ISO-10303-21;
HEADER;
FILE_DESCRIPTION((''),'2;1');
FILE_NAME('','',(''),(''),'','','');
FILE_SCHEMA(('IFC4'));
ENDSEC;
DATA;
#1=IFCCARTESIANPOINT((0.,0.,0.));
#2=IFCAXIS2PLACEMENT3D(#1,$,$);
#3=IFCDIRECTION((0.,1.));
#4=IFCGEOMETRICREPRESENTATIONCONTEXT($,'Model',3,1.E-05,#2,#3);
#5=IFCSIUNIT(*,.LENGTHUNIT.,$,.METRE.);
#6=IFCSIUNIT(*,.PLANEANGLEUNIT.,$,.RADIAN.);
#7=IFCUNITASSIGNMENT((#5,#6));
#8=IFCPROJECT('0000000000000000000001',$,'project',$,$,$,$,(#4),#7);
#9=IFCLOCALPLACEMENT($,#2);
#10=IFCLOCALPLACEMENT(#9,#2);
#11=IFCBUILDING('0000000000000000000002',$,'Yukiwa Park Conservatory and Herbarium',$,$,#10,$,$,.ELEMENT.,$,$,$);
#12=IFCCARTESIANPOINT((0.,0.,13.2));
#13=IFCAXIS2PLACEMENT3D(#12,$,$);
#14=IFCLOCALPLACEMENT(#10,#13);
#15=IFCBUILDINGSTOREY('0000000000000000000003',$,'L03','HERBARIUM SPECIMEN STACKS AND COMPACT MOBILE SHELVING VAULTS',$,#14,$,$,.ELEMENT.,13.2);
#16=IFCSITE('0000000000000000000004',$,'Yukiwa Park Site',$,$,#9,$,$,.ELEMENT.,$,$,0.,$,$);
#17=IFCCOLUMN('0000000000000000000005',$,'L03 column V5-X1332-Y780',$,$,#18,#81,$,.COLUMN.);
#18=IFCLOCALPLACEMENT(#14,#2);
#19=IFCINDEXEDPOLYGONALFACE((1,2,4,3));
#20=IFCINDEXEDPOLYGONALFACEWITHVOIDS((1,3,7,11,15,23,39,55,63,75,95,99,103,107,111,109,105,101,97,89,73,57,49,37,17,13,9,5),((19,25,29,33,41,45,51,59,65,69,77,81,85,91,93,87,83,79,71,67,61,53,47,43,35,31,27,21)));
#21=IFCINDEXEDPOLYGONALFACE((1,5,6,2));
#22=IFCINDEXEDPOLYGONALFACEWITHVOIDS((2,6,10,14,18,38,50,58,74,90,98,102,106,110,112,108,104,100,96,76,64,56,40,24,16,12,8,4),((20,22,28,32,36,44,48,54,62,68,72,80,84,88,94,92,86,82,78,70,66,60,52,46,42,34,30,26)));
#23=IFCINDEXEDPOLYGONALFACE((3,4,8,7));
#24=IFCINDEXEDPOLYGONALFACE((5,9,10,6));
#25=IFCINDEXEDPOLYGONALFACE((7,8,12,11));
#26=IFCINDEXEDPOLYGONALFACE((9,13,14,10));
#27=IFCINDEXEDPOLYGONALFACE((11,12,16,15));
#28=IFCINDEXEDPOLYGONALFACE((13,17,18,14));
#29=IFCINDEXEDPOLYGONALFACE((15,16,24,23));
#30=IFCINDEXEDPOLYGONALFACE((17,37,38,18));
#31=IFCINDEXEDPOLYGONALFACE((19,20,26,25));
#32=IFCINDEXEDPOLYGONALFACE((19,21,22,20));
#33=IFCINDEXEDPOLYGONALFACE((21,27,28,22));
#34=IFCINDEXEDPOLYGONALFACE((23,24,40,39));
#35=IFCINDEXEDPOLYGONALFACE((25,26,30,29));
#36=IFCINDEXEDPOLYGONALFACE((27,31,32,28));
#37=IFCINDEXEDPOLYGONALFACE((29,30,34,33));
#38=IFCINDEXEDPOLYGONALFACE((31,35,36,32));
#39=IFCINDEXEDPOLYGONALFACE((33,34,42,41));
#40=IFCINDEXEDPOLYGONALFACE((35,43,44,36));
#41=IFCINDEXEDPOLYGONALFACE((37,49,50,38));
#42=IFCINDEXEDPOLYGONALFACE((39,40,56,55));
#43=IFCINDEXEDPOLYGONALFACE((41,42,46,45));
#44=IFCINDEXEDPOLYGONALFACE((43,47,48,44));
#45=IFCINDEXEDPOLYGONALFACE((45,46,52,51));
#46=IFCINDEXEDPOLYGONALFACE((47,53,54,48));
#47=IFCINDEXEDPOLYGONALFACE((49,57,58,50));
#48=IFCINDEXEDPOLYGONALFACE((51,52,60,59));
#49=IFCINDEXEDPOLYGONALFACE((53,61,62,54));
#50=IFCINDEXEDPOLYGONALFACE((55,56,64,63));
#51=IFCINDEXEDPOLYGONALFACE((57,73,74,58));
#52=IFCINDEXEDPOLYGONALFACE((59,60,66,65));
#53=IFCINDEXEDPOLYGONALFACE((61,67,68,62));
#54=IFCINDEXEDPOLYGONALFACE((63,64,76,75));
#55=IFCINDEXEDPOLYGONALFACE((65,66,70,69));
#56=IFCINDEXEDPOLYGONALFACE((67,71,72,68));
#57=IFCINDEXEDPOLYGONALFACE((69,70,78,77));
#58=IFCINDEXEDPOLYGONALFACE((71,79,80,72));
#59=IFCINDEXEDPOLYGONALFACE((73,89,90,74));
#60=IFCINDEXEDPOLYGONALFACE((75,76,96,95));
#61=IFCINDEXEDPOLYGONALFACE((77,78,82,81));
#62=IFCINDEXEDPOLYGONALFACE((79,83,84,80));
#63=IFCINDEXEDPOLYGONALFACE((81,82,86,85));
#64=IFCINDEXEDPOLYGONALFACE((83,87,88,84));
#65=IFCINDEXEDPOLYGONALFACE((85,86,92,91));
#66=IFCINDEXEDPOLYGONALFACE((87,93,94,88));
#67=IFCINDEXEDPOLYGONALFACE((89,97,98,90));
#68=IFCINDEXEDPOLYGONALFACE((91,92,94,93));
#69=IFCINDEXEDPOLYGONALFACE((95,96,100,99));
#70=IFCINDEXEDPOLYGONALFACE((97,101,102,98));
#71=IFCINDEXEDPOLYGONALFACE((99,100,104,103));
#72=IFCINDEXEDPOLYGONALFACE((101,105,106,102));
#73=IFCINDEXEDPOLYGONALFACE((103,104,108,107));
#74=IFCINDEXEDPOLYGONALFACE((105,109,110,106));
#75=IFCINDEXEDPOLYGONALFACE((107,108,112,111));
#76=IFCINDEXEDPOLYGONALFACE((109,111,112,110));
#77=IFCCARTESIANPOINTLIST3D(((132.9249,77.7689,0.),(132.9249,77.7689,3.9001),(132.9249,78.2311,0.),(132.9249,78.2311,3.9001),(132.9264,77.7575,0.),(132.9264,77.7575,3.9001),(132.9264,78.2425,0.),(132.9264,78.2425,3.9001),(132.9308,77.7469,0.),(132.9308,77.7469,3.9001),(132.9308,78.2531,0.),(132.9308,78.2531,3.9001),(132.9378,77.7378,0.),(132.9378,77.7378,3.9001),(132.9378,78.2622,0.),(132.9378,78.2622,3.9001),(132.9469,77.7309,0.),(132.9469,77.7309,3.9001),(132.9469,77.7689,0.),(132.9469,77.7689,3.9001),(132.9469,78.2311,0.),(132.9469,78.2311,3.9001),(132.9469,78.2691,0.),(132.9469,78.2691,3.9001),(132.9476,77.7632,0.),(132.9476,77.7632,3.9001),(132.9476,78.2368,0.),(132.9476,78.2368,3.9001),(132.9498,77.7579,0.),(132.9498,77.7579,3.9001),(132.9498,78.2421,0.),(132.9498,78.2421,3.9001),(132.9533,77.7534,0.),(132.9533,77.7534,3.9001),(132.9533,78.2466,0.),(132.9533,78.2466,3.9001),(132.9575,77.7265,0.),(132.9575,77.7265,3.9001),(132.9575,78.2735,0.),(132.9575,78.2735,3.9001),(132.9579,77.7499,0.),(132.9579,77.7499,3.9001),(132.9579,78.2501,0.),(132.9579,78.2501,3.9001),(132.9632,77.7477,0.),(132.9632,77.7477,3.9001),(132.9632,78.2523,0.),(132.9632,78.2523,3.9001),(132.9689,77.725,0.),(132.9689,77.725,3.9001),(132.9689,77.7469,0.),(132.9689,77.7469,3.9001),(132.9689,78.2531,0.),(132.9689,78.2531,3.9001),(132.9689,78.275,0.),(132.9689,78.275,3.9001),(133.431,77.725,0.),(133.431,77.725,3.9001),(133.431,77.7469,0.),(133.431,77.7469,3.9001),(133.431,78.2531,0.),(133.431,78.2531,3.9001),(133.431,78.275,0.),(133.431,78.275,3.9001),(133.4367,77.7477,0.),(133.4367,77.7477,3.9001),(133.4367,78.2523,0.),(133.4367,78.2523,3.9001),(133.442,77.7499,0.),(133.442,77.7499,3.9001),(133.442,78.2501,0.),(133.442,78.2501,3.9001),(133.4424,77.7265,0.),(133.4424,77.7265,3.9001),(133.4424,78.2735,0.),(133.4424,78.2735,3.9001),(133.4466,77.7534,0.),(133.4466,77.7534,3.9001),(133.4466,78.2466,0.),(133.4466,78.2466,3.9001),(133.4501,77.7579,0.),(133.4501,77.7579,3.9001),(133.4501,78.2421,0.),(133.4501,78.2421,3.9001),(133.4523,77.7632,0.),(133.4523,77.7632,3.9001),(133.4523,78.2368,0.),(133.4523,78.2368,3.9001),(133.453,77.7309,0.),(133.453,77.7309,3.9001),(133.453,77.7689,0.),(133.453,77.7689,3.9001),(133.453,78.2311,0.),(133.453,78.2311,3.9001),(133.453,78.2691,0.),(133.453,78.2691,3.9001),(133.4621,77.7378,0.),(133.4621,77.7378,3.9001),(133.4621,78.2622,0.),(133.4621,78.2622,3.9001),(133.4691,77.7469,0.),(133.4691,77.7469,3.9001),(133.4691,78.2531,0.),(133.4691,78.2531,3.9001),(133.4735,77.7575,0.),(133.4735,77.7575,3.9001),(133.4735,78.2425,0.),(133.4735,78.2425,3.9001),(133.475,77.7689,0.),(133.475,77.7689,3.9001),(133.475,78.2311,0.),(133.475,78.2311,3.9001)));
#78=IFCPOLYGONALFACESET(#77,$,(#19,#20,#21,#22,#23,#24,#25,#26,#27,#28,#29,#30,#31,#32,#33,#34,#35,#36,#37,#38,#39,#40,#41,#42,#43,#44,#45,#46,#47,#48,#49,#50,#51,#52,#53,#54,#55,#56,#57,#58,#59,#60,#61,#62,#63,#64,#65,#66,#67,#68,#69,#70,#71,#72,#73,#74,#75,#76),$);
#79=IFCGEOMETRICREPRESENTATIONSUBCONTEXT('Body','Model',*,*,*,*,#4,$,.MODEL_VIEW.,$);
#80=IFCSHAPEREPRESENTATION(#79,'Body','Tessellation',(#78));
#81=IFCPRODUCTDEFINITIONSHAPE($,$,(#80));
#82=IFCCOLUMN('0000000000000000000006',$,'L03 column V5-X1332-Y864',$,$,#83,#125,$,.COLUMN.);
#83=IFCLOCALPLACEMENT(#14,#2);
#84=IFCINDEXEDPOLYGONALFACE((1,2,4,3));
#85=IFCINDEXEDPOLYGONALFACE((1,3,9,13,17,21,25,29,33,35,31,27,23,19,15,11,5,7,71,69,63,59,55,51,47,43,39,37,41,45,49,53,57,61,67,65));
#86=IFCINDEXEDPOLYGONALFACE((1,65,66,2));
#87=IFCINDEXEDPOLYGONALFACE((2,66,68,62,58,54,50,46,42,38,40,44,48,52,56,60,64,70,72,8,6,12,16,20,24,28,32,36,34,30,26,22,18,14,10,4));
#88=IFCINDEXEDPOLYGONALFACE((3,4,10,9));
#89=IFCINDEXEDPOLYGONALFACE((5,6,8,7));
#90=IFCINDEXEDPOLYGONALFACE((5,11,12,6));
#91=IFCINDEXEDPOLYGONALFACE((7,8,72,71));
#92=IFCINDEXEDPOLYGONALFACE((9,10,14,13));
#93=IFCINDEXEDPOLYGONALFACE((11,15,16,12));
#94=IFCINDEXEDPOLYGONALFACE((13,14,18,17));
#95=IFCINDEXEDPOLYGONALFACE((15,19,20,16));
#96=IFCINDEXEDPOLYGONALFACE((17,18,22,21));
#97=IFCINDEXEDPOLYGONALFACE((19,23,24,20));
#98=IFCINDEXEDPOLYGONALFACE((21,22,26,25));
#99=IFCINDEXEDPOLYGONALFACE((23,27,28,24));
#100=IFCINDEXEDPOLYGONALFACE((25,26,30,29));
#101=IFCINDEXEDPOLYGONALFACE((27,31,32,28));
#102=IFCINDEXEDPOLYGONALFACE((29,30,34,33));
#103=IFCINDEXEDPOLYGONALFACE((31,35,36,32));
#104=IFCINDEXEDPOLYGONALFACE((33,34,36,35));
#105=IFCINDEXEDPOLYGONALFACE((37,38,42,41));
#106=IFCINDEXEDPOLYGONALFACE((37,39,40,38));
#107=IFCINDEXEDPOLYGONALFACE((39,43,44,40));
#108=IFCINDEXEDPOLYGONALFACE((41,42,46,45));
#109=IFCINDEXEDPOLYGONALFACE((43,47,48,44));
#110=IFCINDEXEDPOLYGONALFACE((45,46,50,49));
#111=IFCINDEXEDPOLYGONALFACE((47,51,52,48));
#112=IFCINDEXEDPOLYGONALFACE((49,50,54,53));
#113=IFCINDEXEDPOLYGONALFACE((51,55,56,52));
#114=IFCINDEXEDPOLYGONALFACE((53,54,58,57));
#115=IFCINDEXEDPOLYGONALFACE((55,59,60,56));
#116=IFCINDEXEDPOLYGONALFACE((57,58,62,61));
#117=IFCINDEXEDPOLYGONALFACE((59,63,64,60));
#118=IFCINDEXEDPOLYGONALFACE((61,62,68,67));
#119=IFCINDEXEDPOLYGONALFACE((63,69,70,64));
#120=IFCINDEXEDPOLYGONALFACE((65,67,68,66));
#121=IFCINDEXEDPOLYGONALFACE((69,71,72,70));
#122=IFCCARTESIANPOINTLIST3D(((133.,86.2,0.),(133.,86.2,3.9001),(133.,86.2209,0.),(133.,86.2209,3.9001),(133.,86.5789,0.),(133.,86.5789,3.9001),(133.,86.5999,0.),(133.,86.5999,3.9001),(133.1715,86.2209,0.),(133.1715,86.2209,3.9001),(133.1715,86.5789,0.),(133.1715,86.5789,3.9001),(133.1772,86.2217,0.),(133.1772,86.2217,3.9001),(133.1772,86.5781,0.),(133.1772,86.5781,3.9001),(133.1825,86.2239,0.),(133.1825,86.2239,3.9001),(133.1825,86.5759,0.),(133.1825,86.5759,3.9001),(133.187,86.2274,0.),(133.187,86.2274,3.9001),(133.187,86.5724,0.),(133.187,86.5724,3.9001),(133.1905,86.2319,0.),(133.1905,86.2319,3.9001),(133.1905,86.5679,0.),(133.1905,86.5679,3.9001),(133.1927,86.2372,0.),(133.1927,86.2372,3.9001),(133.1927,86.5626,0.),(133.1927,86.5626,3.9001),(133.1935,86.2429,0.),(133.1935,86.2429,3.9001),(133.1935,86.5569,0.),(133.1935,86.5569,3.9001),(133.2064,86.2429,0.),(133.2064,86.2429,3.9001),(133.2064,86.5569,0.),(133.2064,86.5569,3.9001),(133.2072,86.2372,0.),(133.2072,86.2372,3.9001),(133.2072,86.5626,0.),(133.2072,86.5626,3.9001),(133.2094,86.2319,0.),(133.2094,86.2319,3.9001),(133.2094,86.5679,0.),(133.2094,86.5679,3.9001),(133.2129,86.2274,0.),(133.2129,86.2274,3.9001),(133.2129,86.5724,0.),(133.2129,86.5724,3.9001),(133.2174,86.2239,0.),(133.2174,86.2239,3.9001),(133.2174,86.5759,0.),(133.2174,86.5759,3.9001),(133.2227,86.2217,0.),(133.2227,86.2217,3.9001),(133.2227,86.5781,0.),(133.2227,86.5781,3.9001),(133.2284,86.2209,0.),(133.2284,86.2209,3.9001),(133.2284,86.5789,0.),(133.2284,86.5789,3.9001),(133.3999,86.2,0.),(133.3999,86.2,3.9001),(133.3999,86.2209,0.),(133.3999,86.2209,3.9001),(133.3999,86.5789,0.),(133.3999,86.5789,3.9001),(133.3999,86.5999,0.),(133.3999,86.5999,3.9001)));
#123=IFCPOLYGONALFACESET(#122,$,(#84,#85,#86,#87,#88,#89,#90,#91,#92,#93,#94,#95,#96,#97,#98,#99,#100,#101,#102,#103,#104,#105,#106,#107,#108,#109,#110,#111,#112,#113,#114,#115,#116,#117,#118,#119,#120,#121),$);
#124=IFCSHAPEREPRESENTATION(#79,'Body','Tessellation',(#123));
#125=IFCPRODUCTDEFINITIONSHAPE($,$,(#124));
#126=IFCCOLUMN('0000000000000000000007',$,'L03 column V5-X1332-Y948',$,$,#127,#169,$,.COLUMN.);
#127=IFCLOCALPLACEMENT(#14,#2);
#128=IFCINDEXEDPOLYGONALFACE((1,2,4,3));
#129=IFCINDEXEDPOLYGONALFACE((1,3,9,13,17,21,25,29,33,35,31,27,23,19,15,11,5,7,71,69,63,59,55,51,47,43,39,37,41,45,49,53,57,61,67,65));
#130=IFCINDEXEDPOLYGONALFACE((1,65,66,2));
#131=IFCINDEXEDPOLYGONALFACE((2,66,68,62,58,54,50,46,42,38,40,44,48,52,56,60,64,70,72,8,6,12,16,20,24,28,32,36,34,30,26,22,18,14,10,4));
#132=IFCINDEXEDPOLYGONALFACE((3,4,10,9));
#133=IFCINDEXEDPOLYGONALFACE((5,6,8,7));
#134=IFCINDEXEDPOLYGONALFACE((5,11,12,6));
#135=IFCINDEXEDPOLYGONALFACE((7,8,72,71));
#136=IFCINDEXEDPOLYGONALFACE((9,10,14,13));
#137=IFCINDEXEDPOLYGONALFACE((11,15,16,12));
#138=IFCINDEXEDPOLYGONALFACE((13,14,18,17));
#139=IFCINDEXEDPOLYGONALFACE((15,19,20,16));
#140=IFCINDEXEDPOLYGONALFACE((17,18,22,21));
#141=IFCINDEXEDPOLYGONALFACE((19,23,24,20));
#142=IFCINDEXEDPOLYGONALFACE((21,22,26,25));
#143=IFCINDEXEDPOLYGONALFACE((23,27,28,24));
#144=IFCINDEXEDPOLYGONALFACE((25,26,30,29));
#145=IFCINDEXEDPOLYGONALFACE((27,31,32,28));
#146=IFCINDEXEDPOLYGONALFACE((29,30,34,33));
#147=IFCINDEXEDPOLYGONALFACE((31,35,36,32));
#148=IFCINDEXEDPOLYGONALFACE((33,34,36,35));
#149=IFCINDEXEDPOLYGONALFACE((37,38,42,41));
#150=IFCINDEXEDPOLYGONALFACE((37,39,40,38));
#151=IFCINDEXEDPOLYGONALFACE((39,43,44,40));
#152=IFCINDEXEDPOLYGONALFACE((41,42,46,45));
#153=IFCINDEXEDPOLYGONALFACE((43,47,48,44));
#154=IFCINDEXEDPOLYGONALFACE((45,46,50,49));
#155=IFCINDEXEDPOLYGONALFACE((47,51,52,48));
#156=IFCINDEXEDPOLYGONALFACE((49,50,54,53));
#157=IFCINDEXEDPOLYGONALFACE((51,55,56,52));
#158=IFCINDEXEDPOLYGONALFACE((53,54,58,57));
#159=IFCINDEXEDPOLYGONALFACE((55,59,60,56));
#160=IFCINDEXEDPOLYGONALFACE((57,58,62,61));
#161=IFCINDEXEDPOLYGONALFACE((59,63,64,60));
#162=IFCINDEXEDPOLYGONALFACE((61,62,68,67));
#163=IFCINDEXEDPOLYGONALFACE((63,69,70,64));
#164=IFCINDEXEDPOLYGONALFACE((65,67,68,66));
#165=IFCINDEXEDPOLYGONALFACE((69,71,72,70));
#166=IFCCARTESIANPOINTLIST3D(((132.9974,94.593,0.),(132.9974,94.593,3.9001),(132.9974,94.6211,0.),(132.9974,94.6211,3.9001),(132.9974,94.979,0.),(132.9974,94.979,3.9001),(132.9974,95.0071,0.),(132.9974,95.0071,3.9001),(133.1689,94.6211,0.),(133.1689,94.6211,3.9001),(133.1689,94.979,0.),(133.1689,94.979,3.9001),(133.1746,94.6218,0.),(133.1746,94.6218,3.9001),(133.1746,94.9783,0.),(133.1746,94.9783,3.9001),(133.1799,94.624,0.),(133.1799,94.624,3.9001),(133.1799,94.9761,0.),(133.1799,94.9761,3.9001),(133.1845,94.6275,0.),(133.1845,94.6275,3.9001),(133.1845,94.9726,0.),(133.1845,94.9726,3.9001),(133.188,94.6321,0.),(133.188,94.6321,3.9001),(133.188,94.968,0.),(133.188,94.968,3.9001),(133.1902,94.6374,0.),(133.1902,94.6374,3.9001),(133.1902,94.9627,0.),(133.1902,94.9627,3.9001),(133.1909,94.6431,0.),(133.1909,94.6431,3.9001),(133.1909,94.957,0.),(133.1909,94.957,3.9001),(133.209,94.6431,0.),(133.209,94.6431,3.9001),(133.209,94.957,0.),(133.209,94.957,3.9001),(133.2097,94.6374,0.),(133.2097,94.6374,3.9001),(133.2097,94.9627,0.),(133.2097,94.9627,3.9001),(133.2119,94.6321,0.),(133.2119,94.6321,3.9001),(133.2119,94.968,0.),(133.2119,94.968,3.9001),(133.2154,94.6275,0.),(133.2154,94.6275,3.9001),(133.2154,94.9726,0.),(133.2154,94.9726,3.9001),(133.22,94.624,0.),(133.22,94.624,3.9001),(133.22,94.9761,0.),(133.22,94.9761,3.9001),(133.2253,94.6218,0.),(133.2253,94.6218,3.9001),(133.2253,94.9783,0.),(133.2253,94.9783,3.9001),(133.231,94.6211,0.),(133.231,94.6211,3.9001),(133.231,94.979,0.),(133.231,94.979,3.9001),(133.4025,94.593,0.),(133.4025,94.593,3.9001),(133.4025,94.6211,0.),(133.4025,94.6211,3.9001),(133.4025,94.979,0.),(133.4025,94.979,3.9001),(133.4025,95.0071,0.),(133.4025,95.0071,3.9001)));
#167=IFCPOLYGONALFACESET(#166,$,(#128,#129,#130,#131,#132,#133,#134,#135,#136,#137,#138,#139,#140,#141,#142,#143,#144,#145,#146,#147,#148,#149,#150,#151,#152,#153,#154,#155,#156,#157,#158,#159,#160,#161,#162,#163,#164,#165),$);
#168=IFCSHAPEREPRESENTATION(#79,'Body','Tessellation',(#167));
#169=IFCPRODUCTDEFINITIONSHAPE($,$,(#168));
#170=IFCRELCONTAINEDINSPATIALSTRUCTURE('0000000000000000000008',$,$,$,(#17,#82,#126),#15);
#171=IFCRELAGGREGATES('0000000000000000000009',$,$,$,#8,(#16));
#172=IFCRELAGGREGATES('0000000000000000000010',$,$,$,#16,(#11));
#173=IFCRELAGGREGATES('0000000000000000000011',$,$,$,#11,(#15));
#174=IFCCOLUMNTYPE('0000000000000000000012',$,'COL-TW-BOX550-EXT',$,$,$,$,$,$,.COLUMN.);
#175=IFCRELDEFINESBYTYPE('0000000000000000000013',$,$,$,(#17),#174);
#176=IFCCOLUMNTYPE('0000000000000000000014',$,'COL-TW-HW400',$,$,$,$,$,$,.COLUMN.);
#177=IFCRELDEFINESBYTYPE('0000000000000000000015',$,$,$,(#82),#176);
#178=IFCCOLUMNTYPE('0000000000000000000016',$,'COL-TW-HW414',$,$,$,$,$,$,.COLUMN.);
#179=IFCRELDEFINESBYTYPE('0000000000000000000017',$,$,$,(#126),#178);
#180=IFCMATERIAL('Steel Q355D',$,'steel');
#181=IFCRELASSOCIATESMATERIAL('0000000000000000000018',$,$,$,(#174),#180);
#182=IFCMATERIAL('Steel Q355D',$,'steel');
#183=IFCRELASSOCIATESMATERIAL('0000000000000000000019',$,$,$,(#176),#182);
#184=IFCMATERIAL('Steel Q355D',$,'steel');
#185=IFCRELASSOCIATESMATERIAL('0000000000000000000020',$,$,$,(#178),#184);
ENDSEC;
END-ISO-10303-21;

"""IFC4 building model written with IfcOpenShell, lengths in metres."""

from ifc_helpers import new_model, si_unit, direction, frame, origin, origin_2d, place, context, subcontext, project, spatial, hollow_rectangle, i_section, extrude, material, material_profile, profile_set, type_object, element, save


model = new_model("IFC4")

# Units and contexts
model_context = context("Model", 3, precision=1e-05, world=origin(), true_north=direction((0.0, 1.0)))
body_context = subcontext(model_context, "Body", "Model", "MODEL_VIEW")
ifc_project = project(units=[si_unit("LENGTHUNIT", "METRE"), si_unit("PLANEANGLEUNIT", "RADIAN")], contexts=[model_context])

# Site, building, storey
site_placement = place(None, origin())
site = spatial("IfcSite", under=ifc_project, at=site_placement, Name="Yukiwa Park Site", CompositionType="ELEMENT", RefElevation=0.0)
building_placement = place(site_placement, origin())
building = spatial("IfcBuilding", under=site, at=building_placement, Name="Yukiwa Park Conservatory and Herbarium", CompositionType="ELEMENT")
storey_placement = place(building_placement, frame((0.0, 0.0, 13.2)))
storey = spatial("IfcBuildingStorey", under=building, at=storey_placement, Name="L03", Description="HERBARIUM SPECIMEN STACKS AND COMPACT MOBILE SHELVING VAULTS", CompositionType="ELEMENT", Elevation=13.2)

# Columns
ifc_material_1 = material(Name="Steel Q355D", Category="steel")
ifc_material_profile_1 = material_profile(ifc_material_1, hollow_rectangle(XDim=0.55, YDim=0.55, WallThickness=0.022, InnerFilletRadius=0.022, OuterFilletRadius=0.0439, at=origin_2d()), Name="BOX 550x550x22")
ifc_profile_set_1 = profile_set([ifc_material_profile_1], Name="Steel Q355D")
column_type_1 = type_object("IfcColumnType", Name="COL-TW-BOX550-EXT", PredefinedType="COLUMN", material=ifc_profile_set_1)
column_1_placement = place(storey_placement, frame((133.2, 78.0, 0.0), z_axis=(0.0, 0.0, 1.0), x_axis=(1.0, 0.0, 0.0)))
element("IfcColumn", 1, at=column_1_placement, inside=storey, type_object=column_type_1, Name="L03 column V5-X1332-Y780", PredefinedType="COLUMN", context=body_context, shape_type="SweptSolid", body=[
    extrude(hollow_rectangle(XDim=0.55, YDim=0.55, WallThickness=0.022, InnerFilletRadius=0.022, OuterFilletRadius=0.0439, at=origin_2d()), origin(), (0.0, 0.0, 1.0), 3.9001),
])
ifc_material_2 = material(Name="Steel Q355D", Category="steel")
ifc_material_profile_2 = material_profile(ifc_material_2, i_section(OverallWidth=0.3999, OverallDepth=0.3999, WebThickness=0.0129, FlangeThickness=0.021, FilletRadius=0.022, at=origin_2d()), Name="HW 400x400x13x21")
ifc_profile_set_2 = profile_set([ifc_material_profile_2], Name="Steel Q355D")
column_type_2 = type_object("IfcColumnType", Name="COL-TW-HW400", PredefinedType="COLUMN", material=ifc_profile_set_2)
column_2_placement = place(storey_placement, frame((133.2, 86.3999, 0.0), z_axis=(0.0, 0.0, 1.0), x_axis=(1.0, 0.0, 0.0)))
element("IfcColumn", 2, at=column_2_placement, inside=storey, type_object=column_type_2, Name="L03 column V5-X1332-Y864", PredefinedType="COLUMN", context=body_context, shape_type="SweptSolid", body=[
    extrude(i_section(OverallWidth=0.3999, OverallDepth=0.3999, WebThickness=0.0129, FlangeThickness=0.021, FilletRadius=0.022, at=origin_2d()), origin(), (0.0, 0.0, 1.0), 3.9001),
])
ifc_material_3 = material(Name="Steel Q355D", Category="steel")
ifc_material_profile_3 = material_profile(ifc_material_3, i_section(OverallWidth=0.405, OverallDepth=0.4141, WebThickness=0.0181, FlangeThickness=0.0281, FilletRadius=0.022, at=origin_2d()), Name="HW 414x405x18x28")
ifc_profile_set_3 = profile_set([ifc_material_profile_3], Name="Steel Q355D")
column_type_3 = type_object("IfcColumnType", Name="COL-TW-HW414", PredefinedType="COLUMN", material=ifc_profile_set_3)
column_3_placement = place(storey_placement, frame((133.2, 94.8, 0.0), z_axis=(0.0, 0.0, 1.0), x_axis=(1.0, 0.0, 0.0)))
element("IfcColumn", 3, at=column_3_placement, inside=storey, type_object=column_type_3, Name="L03 column V5-X1332-Y948", PredefinedType="COLUMN", context=body_context, shape_type="SweptSolid", body=[
    extrude(i_section(OverallWidth=0.405, OverallDepth=0.4141, WebThickness=0.0181, FlangeThickness=0.0281, FilletRadius=0.022, at=origin_2d()), origin(), (0.0, 0.0, 1.0), 3.9001),
])

save(model, "model.ifc")
